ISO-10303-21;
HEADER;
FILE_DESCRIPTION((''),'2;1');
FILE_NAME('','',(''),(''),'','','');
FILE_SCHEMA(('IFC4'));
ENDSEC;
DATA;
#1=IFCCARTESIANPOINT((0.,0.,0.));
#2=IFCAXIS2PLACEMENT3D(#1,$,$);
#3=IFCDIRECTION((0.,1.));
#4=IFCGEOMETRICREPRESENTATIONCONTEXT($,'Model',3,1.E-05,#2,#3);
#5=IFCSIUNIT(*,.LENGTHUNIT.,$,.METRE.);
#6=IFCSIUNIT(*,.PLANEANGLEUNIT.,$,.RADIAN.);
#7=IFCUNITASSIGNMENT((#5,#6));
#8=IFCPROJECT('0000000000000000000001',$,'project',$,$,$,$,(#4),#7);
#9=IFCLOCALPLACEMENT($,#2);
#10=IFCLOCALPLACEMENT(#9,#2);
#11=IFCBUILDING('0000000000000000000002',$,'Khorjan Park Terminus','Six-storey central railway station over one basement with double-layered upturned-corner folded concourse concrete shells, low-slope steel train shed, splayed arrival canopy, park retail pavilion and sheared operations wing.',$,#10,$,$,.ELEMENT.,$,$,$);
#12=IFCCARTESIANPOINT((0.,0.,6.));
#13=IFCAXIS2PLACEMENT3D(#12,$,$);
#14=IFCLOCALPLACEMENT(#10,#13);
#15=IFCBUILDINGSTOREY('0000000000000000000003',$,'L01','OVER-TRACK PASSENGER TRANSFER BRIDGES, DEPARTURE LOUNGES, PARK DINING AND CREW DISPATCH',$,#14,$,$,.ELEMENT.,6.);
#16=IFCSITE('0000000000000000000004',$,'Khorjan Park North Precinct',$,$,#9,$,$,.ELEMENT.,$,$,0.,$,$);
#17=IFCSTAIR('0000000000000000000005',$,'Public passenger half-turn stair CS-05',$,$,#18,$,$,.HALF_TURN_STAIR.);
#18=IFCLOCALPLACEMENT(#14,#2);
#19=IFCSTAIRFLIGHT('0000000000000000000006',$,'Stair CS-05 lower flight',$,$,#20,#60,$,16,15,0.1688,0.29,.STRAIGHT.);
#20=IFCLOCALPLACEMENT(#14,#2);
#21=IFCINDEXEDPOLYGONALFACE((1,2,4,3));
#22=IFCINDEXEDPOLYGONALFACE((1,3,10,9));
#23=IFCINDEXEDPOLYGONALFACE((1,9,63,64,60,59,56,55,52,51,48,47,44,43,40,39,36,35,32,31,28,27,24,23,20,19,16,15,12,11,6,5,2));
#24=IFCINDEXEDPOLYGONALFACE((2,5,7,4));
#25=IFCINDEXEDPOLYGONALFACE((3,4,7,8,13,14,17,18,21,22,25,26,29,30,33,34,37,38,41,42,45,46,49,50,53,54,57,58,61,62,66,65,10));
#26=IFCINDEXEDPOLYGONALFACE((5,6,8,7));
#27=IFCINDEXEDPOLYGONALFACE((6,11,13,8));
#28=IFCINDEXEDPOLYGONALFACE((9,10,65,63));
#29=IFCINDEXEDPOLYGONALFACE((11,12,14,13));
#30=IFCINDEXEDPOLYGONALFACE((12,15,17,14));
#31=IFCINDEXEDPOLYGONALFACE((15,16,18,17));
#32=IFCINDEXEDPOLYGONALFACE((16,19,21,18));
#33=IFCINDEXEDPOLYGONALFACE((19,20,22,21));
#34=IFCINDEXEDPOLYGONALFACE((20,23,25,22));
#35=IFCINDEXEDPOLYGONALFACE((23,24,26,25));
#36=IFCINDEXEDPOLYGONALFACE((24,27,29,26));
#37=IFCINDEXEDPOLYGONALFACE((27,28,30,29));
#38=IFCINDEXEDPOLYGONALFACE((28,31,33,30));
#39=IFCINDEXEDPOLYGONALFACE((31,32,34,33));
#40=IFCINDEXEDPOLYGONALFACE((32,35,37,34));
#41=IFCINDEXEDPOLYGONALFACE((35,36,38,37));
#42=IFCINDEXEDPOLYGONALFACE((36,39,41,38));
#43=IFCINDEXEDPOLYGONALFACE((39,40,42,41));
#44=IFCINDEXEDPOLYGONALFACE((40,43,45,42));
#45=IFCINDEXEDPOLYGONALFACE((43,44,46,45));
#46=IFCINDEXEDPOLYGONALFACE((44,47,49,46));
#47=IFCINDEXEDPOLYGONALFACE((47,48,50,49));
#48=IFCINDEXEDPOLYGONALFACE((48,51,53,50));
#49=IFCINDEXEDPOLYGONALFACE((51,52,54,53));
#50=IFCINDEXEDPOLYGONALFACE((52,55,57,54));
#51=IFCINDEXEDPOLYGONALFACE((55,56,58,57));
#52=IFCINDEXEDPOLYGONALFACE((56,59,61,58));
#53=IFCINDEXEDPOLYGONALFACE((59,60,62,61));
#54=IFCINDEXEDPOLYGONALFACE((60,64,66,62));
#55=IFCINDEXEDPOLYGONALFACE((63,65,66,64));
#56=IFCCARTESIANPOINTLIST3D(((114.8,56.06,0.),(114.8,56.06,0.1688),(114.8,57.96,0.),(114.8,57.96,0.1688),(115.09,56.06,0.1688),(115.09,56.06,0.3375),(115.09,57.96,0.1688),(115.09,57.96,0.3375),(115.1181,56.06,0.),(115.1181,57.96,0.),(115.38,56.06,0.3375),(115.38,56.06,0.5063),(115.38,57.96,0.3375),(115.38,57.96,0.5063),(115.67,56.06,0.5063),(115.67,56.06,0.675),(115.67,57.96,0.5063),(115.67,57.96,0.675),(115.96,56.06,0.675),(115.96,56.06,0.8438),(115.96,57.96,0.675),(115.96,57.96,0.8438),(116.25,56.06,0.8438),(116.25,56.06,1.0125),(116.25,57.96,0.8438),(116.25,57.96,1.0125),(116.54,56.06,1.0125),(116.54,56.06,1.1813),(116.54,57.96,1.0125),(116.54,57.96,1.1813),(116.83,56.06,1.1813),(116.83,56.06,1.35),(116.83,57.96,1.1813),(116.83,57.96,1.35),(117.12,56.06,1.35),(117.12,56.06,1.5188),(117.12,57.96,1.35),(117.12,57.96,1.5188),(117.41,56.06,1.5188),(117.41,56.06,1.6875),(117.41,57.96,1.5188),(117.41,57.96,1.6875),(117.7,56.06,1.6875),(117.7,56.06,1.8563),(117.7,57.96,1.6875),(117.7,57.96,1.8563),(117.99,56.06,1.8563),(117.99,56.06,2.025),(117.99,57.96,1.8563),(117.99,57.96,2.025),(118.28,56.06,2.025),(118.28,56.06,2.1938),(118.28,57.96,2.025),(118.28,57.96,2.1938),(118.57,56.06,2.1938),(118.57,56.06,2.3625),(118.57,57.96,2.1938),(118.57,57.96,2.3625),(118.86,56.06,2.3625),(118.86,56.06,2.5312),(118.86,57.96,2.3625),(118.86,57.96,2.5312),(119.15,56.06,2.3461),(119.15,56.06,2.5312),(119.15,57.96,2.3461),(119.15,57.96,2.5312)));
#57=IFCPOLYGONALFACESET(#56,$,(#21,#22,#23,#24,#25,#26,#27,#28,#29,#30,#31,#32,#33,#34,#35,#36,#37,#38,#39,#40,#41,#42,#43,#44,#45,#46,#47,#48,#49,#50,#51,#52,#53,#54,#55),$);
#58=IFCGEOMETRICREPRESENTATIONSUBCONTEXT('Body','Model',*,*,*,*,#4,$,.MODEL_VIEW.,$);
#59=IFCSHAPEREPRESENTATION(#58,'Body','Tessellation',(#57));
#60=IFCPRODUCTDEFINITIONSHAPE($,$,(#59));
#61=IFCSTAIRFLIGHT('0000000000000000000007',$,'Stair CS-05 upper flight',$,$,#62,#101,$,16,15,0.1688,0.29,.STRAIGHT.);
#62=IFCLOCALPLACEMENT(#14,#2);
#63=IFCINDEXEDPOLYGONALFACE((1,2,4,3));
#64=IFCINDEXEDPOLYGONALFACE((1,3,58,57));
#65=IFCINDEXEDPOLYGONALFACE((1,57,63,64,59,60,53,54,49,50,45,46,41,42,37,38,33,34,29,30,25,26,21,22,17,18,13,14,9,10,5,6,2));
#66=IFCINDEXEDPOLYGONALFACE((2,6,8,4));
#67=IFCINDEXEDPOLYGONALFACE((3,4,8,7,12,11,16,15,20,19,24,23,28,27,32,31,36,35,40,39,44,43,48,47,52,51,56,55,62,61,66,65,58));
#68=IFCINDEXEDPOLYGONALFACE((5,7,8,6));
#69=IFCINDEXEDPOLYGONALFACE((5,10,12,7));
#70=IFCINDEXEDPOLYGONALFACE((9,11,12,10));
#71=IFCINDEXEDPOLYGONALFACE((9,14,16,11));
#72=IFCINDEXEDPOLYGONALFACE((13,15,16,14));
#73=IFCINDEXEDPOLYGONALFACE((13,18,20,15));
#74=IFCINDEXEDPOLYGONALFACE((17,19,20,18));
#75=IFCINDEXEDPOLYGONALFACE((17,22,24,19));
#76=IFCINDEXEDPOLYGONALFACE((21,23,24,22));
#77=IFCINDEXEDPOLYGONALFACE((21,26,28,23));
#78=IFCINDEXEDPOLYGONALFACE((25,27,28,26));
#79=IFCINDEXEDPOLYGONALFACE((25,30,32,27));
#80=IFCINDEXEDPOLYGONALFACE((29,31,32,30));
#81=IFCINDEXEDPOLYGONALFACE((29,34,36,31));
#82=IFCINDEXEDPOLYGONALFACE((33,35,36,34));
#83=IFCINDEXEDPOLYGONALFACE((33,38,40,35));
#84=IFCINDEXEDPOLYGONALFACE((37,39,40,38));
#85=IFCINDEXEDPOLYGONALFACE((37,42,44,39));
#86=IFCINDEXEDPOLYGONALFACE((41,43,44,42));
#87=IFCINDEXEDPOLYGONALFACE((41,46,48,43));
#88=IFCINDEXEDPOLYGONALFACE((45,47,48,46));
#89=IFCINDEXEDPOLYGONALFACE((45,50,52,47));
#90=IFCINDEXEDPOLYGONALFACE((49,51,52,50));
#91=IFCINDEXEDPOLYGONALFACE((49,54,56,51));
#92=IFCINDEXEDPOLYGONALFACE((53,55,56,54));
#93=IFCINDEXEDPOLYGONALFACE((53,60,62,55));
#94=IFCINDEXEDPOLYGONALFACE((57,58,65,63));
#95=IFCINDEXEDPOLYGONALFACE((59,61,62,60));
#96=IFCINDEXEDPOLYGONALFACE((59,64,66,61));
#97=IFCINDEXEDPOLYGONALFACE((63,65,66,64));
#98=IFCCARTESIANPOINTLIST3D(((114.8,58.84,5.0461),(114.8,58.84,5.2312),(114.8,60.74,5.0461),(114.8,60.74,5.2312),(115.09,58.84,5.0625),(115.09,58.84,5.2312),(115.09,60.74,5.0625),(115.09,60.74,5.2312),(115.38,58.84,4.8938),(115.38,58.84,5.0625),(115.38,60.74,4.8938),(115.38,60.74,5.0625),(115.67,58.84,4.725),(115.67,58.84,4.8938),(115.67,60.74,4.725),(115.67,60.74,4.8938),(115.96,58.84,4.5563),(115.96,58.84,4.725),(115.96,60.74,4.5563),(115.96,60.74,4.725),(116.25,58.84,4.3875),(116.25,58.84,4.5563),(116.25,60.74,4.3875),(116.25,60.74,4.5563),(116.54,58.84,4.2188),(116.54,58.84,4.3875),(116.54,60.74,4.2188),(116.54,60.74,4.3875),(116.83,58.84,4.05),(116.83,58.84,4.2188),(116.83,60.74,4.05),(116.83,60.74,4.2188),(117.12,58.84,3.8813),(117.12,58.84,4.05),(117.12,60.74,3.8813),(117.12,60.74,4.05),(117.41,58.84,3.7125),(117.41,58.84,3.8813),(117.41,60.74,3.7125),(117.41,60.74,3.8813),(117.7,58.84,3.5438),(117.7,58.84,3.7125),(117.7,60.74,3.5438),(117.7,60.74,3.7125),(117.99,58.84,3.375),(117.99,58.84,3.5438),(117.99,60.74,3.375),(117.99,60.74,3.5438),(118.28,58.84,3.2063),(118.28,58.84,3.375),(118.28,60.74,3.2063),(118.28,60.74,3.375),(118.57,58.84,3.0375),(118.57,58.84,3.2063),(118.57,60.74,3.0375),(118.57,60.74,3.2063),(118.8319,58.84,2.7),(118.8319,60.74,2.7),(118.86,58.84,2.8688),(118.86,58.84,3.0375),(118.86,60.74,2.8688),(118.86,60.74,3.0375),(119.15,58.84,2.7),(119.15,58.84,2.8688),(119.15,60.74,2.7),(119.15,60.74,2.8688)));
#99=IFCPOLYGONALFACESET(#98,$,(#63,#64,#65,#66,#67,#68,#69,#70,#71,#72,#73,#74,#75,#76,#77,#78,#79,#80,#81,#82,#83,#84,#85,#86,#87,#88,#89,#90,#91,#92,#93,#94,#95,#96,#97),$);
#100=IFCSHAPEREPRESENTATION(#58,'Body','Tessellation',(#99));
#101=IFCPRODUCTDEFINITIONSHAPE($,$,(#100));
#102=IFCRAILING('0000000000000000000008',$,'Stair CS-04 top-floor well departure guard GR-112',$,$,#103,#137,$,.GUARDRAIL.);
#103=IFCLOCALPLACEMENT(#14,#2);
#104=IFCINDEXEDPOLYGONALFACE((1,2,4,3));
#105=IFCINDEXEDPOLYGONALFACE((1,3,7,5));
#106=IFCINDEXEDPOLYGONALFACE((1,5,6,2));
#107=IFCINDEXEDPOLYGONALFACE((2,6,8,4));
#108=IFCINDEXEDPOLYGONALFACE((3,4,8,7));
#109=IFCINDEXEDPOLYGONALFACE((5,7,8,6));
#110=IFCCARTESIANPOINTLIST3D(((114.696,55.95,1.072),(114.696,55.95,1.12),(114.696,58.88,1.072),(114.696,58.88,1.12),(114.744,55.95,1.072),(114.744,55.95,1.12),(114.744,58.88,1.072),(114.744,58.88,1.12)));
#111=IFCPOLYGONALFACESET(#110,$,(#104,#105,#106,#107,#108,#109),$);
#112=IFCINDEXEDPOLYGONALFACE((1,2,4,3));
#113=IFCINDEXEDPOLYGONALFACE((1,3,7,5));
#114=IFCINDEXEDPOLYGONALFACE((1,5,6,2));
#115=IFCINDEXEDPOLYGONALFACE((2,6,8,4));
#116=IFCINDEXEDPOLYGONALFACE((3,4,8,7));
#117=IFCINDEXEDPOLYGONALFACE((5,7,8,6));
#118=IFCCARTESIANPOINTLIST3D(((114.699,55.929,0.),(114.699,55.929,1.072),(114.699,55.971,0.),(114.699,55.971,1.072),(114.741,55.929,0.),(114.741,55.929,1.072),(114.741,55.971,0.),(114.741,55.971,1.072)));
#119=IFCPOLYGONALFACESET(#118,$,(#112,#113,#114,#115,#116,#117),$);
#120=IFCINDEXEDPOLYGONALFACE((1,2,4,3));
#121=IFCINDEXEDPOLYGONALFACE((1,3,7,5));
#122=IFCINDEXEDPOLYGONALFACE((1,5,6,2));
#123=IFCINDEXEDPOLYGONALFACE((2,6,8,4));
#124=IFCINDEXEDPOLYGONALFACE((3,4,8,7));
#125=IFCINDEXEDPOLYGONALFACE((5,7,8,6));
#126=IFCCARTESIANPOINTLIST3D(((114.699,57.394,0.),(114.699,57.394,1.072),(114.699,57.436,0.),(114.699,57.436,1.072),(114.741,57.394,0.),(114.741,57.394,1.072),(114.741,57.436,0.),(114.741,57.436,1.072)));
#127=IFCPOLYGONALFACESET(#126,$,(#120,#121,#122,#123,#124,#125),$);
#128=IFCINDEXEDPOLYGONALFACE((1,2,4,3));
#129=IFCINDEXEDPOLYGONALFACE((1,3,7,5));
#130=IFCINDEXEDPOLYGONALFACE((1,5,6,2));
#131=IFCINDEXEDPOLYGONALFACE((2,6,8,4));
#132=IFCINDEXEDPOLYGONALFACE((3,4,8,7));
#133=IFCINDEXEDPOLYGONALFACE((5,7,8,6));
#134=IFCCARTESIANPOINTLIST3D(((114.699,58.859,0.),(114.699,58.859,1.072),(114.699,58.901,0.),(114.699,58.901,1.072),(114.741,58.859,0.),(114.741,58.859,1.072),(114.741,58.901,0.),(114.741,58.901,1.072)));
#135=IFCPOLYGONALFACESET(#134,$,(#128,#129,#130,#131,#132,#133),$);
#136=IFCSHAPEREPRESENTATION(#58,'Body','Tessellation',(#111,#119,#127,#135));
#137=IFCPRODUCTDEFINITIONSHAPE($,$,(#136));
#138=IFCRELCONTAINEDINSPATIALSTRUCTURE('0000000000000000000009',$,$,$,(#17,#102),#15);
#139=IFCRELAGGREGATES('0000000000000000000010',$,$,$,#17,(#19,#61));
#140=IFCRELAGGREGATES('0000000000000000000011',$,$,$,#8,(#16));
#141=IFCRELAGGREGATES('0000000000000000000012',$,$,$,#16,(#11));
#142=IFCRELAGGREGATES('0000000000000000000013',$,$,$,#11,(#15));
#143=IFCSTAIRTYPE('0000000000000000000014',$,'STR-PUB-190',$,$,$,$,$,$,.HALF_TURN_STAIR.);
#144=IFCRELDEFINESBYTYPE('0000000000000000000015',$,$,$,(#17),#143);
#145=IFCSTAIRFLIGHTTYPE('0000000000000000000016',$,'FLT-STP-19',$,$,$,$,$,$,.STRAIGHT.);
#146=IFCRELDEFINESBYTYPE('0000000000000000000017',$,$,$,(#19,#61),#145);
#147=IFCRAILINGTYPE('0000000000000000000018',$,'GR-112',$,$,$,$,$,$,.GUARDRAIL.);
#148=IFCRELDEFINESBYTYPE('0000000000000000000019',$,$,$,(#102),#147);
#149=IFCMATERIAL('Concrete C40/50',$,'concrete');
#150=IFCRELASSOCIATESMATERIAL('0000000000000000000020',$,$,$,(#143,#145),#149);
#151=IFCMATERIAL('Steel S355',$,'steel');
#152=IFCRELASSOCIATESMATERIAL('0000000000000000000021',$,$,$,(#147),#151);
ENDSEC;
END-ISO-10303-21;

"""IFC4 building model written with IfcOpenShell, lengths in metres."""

from ifc_helpers import new_model, si_unit, direction, frame, origin, origin_2d, place, context, subcontext, project, spatial, polyline, rectangle, outline, extrude, material, type_object, element, aggregate, save


model = new_model("IFC4")

# Units and contexts
model_context = context("Model", 3, precision=1e-05, world=origin(), true_north=direction((0.0, 1.0)))
body_context = subcontext(model_context, "Body", "Model", "MODEL_VIEW")
ifc_project = project(units=[si_unit("LENGTHUNIT", "METRE"), si_unit("PLANEANGLEUNIT", "RADIAN")], contexts=[model_context])

# Site, building, storey
site_placement = place(None, origin())
site = spatial("IfcSite", under=ifc_project, at=site_placement, Name="Khorjan Park North Precinct", CompositionType="ELEMENT", RefElevation=0.0)
building_placement = place(site_placement, origin())
building = spatial("IfcBuilding", under=site, at=building_placement, Name="Khorjan Park Terminus", Description="Six-storey central railway station over one basement with double-layered upturned-corner folded concourse concrete shells, low-slope steel train shed, splayed arrival canopy, park retail pavilion and sheared operations wing.", CompositionType="ELEMENT")
storey_placement = place(building_placement, frame((0.0, 0.0, 6.0)))
storey = spatial("IfcBuildingStorey", under=building, at=storey_placement, Name="L01", Description="OVER-TRACK PASSENGER TRANSFER BRIDGES, DEPARTURE LOUNGES, PARK DINING AND CREW DISPATCH", CompositionType="ELEMENT", Elevation=6.0)

# Shared definitions
ifc_material_1 = material(Name="Steel S355", Category="steel")

# Shared definitions
ifc_material_2 = material(Name="Concrete C40/50", Category="concrete")

# Stair, stair flights
stair_type = type_object("IfcStairType", Name="STR-PUB-190", PredefinedType="HALF_TURN_STAIR", material=ifc_material_2)
stair_placement = place(storey_placement, origin())
stair = element("IfcStair", 1, at=stair_placement, inside=storey, type_object=stair_type, Name="Public passenger half-turn stair CS-05", PredefinedType="HALF_TURN_STAIR")
stair_flight_type = type_object("IfcStairFlightType", Name="FLT-STP-19", PredefinedType="STRAIGHT", material=ifc_material_2)
stair_flight_1_placement = place(storey_placement, frame((114.8, 57.01, 0.0), z_axis=(0.0, 0.0, 1.0), x_axis=(1.0, 0.0, 0.0)))
stair_flight_1 = element("IfcStairFlight", 2, at=stair_flight_1_placement, type_object=stair_flight_type, Name="Stair CS-05 lower flight", NumberOfRisers=16, NumberOfTreads=15, PredefinedType="STRAIGHT", RiserHeight=0.1688, TreadLength=0.29, context=body_context, shape_type="SweptSolid", body=[
    extrude(outline(polyline([(0.0, 0.0), (0.0, 0.1688), (0.29, 0.1688), (0.29, 0.3375), (0.58, 0.3375), (0.58, 0.5063), (0.87, 0.5063), (0.87, 0.675), (1.16, 0.675), (1.16, 0.8438), (1.45, 0.8438), (1.45, 1.0125), (1.74, 1.0125), (1.74, 1.1813), (2.03, 1.1813), (2.03, 1.35), (2.32, 1.35), (2.32, 1.5188), (2.61, 1.5188), (2.61, 1.6875), (2.9, 1.6875), (2.9, 1.8563), (3.19, 1.8563), (3.19, 2.025), (3.48, 2.025), (3.48, 2.1938), (3.77, 2.1938), (3.77, 2.3625), (4.06, 2.3625), (4.06, 2.5312), (4.35, 2.5312), (4.35, 2.7), (4.35, 2.3461), (0.3181, 0.0), (0.0, 0.0)])), frame((0.0, 0.95, 0.0), z_axis=(0.0, -1.0, 0.0), x_axis=(1.0, 0.0, 0.0)), (0.0, 0.0, 1.0), 1.9),
])
stair_flight_2_placement = place(storey_placement, frame((119.15, 59.79, 2.7), z_axis=(0.0, 0.0, 1.0), x_axis=(-1.0, 0.0, 0.0)))
stair_flight_2 = element("IfcStairFlight", 3, at=stair_flight_2_placement, type_object=stair_flight_type, Name="Stair CS-05 upper flight", NumberOfRisers=16, NumberOfTreads=15, PredefinedType="STRAIGHT", RiserHeight=0.1688, TreadLength=0.29, context=body_context, shape_type="SweptSolid", body=[
    extrude(outline(polyline([(0.0, 0.0), (0.0, 0.1688), (0.29, 0.1688), (0.29, 0.3375), (0.58, 0.3375), (0.58, 0.5063), (0.87, 0.5063), (0.87, 0.675), (1.16, 0.675), (1.16, 0.8438), (1.45, 0.8438), (1.45, 1.0125), (1.74, 1.0125), (1.74, 1.1813), (2.03, 1.1813), (2.03, 1.35), (2.32, 1.35), (2.32, 1.5188), (2.61, 1.5188), (2.61, 1.6875), (2.9, 1.6875), (2.9, 1.8563), (3.19, 1.8563), (3.19, 2.025), (3.48, 2.025), (3.48, 2.1938), (3.77, 2.1938), (3.77, 2.3625), (4.06, 2.3625), (4.06, 2.5312), (4.35, 2.5312), (4.35, 2.7), (4.35, 2.3461), (0.3181, 0.0), (0.0, 0.0)])), frame((0.0, 0.95, 0.0), z_axis=(0.0, -1.0, 0.0), x_axis=(1.0, 0.0, 0.0)), (0.0, 0.0, 1.0), 1.9),
])

# Railing
railing_type_1 = type_object("IfcRailingType", Name="GR-112", PredefinedType="GUARDRAIL", material=ifc_material_1)
railing_1_placement = place(storey_placement, frame((114.72, 55.95, 0.0)))
element("IfcRailing", 4, at=railing_1_placement, inside=storey, type_object=railing_type_1, Name="Stair CS-04 top-floor well departure guard GR-112", PredefinedType="GUARDRAIL", context=body_context, shape_type="SweptSolid", body=[
    extrude(rectangle(XDim=0.048, YDim=0.048, at=origin_2d()), frame((0.0, 0.0, 1.096), z_axis=(0.0, 1.0, 0.0), x_axis=(-1.0, 0.0, 0.0)), (0.0, 0.0, 1.0), 2.93),
    extrude(rectangle(XDim=0.042, YDim=0.042, at=origin_2d()), origin(), (0.0, 0.0, 1.0), 1.072),
    extrude(rectangle(XDim=0.042, YDim=0.042, at=origin_2d()), frame((0.0, 1.465, 0.0)), (0.0, 0.0, 1.0), 1.072),
    extrude(rectangle(XDim=0.042, YDim=0.042, at=origin_2d()), frame((0.0, 2.93, 0.0)), (0.0, 0.0, 1.0), 1.072),
])

aggregate(stair, [stair_flight_1, stair_flight_2])

save(model, "model.ifc")
